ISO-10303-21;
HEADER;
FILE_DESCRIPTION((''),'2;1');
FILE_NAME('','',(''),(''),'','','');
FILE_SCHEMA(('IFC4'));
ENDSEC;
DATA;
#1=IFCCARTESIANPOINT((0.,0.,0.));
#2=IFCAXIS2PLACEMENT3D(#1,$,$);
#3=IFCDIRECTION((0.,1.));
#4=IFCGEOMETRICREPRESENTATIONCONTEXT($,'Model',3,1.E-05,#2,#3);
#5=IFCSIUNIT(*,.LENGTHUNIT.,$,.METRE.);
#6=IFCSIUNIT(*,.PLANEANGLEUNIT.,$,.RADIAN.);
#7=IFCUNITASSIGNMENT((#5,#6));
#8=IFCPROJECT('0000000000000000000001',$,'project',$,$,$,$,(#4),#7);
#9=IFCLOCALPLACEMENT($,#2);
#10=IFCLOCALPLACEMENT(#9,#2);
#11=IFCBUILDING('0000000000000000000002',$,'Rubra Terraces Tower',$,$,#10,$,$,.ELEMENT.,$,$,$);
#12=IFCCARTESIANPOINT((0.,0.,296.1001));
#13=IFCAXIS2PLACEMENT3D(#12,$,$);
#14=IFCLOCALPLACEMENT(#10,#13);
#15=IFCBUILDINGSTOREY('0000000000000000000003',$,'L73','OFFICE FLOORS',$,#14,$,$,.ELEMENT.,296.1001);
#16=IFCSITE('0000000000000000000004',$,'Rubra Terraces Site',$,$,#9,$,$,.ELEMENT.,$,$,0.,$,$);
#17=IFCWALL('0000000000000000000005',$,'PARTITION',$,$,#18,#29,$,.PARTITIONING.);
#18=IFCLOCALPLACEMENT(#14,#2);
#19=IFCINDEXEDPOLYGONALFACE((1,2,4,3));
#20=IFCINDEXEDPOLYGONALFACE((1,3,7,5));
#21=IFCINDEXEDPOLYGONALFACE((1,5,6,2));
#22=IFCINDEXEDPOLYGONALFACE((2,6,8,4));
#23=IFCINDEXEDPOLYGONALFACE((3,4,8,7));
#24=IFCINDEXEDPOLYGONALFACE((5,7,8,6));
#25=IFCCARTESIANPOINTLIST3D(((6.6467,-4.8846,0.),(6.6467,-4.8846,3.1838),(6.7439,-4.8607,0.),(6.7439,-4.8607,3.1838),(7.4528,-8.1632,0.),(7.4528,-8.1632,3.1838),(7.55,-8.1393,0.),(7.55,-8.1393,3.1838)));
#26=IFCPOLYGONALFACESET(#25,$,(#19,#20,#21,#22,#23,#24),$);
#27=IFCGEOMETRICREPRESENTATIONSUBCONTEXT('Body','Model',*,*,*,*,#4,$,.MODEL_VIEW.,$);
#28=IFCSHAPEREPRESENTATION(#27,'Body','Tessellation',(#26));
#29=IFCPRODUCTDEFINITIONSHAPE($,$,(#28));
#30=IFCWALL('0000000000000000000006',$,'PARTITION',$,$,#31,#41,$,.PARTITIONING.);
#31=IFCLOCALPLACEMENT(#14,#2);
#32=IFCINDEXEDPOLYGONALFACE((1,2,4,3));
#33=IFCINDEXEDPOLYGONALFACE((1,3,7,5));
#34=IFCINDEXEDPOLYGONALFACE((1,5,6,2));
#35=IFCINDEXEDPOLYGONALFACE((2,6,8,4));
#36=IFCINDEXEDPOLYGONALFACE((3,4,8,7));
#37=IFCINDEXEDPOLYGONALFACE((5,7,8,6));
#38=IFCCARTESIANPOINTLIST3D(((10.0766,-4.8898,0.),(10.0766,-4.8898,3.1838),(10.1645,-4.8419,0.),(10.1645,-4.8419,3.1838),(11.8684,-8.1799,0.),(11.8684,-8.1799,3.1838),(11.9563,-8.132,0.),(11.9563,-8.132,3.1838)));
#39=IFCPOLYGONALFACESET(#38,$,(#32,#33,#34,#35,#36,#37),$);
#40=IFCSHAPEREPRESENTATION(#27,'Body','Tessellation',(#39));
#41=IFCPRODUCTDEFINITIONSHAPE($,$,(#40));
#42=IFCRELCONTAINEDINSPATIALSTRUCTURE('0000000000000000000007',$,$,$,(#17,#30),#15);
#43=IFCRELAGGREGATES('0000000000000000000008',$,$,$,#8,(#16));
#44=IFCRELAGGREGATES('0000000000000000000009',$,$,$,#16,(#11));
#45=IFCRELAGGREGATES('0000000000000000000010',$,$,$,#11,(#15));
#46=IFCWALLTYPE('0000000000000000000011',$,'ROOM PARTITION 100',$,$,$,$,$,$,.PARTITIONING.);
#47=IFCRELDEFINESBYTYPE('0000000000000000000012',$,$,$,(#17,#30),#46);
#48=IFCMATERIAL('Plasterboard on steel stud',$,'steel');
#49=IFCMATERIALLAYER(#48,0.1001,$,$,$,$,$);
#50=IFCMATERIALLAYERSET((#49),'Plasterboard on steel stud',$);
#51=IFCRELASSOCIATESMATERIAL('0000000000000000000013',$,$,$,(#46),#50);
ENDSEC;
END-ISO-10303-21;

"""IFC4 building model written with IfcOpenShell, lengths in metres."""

from ifc_helpers import new_model, si_unit, direction, frame, frame_2d, origin, place, context, subcontext, project, spatial, rectangle, extrude, material, layer, layer_set, type_object, element, save


model = new_model("IFC4")

# Units and contexts
model_context = context("Model", 3, precision=1e-05, world=origin(), true_north=direction((0.0, 1.0)))
body_context = subcontext(model_context, "Body", "Model", "MODEL_VIEW")
ifc_project = project(units=[si_unit("LENGTHUNIT", "METRE"), si_unit("PLANEANGLEUNIT", "RADIAN")], contexts=[model_context])

# Site, building, storey
site_placement = place(None, origin())
site = spatial("IfcSite", under=ifc_project, at=site_placement, Name="Rubra Terraces Site", CompositionType="ELEMENT", RefElevation=0.0)
building_placement = place(site_placement, origin())
building = spatial("IfcBuilding", under=site, at=building_placement, Name="Rubra Terraces Tower", CompositionType="ELEMENT")
storey_placement = place(building_placement, frame((0.0, 0.0, 296.1001)))
storey = spatial("IfcBuildingStorey", under=building, at=storey_placement, Name="L73", Description="OFFICE FLOORS", CompositionType="ELEMENT", Elevation=296.1001)

# Walls
ifc_material_1 = material(Name="Plasterboard on steel stud", Category="steel")
ifc_layer_1 = layer(ifc_material_1, 0.1001)
ifc_layer_set_1 = layer_set([ifc_layer_1], Name="Plasterboard on steel stud")
wall_type_1 = type_object("IfcWallType", Name="ROOM PARTITION 100", PredefinedType="PARTITIONING", material=ifc_layer_set_1)
wall_1_placement = place(storey_placement, frame((6.6953, -4.8728, 0.0), z_axis=(0.0, 0.0, 1.0), x_axis=(0.238774, -0.971075, 0.0)))
element("IfcWall", 1, at=wall_1_placement, inside=storey, type_object=wall_type_1, Name="PARTITION", PredefinedType="PARTITIONING", context=body_context, shape_type="SweptSolid", body=[
    extrude(rectangle(XDim=3.3762, YDim=0.1001, at=frame_2d((1.688, 0.0))), origin(), (0.0, 0.0, 1.0), 3.1838),
])
wall_2_placement = place(storey_placement, frame((10.1206, -4.866, 0.0), z_axis=(0.0, 0.0, 1.0), x_axis=(0.478272, -0.878212, 0.0)))
element("IfcWall", 2, at=wall_2_placement, inside=storey, type_object=wall_type_1, Name="PARTITION", PredefinedType="PARTITIONING", context=body_context, shape_type="SweptSolid", body=[
    extrude(rectangle(XDim=3.7463, YDim=0.1001, at=frame_2d((1.873, 0.0))), origin(), (0.0, 0.0, 1.0), 3.1838),
])

save(model, "model.ifc")
